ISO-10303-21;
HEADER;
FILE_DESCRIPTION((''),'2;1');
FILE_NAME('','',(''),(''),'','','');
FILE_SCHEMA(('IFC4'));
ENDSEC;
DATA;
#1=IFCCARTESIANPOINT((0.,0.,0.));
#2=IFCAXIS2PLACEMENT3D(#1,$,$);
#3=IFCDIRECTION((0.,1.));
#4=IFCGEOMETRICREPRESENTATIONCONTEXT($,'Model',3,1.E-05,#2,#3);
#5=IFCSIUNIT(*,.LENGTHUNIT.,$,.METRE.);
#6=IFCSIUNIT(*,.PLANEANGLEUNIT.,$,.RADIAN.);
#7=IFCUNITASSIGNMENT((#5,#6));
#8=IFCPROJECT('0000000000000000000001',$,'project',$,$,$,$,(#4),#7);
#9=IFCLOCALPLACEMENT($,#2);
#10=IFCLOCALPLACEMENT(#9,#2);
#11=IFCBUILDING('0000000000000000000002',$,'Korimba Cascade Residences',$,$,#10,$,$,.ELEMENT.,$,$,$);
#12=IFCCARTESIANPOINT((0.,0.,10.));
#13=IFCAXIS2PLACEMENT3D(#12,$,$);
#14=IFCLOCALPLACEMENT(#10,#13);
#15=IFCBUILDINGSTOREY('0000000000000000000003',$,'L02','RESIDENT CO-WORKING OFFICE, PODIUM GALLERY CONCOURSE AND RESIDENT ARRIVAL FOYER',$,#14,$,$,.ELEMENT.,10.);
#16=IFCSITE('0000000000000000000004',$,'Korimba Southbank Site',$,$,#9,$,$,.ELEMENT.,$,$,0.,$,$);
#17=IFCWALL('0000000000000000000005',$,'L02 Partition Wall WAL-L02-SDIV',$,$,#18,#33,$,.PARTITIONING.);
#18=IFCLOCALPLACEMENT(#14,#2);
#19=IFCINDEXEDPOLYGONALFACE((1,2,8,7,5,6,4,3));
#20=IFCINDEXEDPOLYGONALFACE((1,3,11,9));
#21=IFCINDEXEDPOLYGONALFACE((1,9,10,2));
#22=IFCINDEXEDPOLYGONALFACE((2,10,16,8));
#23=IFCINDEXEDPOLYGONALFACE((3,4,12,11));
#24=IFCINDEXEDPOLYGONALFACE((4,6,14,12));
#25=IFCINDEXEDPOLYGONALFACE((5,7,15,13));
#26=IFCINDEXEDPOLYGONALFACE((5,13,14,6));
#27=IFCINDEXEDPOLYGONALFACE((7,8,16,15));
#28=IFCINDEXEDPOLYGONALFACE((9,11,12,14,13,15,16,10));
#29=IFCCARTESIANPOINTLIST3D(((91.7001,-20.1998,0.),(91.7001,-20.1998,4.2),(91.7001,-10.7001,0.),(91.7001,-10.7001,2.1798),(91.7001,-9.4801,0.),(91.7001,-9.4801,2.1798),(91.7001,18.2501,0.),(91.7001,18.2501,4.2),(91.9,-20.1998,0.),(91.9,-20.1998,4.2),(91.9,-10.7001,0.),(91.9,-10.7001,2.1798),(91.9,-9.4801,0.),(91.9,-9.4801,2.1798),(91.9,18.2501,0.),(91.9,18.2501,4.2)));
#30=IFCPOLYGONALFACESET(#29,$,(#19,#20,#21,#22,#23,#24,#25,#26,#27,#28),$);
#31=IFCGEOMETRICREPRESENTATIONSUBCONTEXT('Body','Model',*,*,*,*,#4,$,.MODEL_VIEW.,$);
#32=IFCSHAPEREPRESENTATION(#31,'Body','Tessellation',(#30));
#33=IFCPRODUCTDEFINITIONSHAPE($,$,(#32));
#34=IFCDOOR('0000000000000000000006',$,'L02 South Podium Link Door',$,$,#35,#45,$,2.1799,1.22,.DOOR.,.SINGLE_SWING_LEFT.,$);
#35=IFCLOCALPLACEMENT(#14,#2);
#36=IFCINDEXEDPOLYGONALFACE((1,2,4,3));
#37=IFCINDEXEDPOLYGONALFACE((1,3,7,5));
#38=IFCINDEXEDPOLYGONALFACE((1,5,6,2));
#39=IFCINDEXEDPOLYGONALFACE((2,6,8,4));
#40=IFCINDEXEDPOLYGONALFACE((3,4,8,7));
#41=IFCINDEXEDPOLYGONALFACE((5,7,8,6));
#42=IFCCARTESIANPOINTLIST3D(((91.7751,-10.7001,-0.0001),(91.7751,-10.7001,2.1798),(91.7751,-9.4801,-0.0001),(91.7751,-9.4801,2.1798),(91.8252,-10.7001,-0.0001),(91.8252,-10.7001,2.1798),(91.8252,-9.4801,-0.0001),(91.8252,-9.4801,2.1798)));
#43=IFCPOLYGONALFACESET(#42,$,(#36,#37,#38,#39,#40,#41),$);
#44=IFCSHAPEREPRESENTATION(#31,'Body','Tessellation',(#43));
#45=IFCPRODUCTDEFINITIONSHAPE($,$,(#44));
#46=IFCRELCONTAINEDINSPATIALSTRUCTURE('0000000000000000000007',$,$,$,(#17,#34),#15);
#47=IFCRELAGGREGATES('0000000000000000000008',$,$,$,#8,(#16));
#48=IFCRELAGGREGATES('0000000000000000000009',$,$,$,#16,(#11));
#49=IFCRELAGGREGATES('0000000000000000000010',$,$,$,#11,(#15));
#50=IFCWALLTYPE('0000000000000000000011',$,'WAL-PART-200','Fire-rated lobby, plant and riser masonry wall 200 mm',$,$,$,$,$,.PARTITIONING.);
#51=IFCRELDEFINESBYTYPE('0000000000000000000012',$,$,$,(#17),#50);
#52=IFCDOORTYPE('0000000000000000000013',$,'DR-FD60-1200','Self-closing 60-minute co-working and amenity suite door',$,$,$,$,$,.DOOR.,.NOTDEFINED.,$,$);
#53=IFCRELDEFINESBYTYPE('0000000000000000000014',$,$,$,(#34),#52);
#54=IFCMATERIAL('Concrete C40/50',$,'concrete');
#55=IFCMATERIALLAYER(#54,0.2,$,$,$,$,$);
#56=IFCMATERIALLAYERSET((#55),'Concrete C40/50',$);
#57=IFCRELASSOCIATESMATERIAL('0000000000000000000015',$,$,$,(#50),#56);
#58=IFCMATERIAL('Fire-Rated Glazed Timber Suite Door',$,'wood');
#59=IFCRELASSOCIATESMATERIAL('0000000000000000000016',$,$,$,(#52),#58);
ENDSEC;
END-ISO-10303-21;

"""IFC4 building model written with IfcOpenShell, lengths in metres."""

from ifc_helpers import new_model, si_unit, direction, frame, frame_2d, origin, place, context, subcontext, project, spatial, rectangle, extrude, material, layer, layer_set, type_object, element, fill, save


model = new_model("IFC4")

# Units and contexts
model_context = context("Model", 3, precision=1e-05, world=origin(), true_north=direction((0.0, 1.0)))
body_context = subcontext(model_context, "Body", "Model", "MODEL_VIEW")
ifc_project = project(units=[si_unit("LENGTHUNIT", "METRE"), si_unit("PLANEANGLEUNIT", "RADIAN")], contexts=[model_context])

# Site, building, storey
site_placement = place(None, origin())
site = spatial("IfcSite", under=ifc_project, at=site_placement, Name="Korimba Southbank Site", CompositionType="ELEMENT", RefElevation=0.0)
building_placement = place(site_placement, origin())
building = spatial("IfcBuilding", under=site, at=building_placement, Name="Korimba Cascade Residences", CompositionType="ELEMENT")
storey_placement = place(building_placement, frame((0.0, 0.0, 10.0)))
storey = spatial("IfcBuildingStorey", under=building, at=storey_placement, Name="L02", Description="RESIDENT CO-WORKING OFFICE, PODIUM GALLERY CONCOURSE AND RESIDENT ARRIVAL FOYER", CompositionType="ELEMENT", Elevation=10.0)

# Wall, opening, door
ifc_material_1 = material(Name="Concrete C40/50", Category="concrete")
ifc_layer_1 = layer(ifc_material_1, 0.2)
ifc_layer_set_1 = layer_set([ifc_layer_1], Name="Concrete C40/50")
wall_type = type_object("IfcWallType", Name="WAL-PART-200", Description="Fire-rated lobby, plant and riser masonry wall 200 mm", PredefinedType="PARTITIONING", material=ifc_layer_set_1)
wall_placement = place(storey_placement, frame((91.8, -20.2, 0.0), z_axis=(0.0, 0.0, 1.0), x_axis=(0.0, 1.0, 0.0)))
wall = element("IfcWall", 1, at=wall_placement, inside=storey, type_object=wall_type, Name="L02 Partition Wall WAL-L02-SDIV", PredefinedType="PARTITIONING", context=body_context, shape_type="SweptSolid", body=[
    extrude(rectangle(XDim=38.45, YDim=0.2, at=frame_2d((19.2251, 0.0))), origin(), (0.0, 0.0, 1.0), 4.2),
])
opening_placement = place(wall_placement, frame((9.5, 0.0, 0.0)))
opening = element("IfcOpeningElement", 2, at=opening_placement, cuts=wall, PredefinedType="OPENING", context=body_context, shape_type="SweptSolid", body=[
    extrude(rectangle(XDim=1.22, YDim=2.1799, at=frame_2d((0.6099, 1.0898))), frame((0.0, 0.1099, 0.0), z_axis=(0.0, -1.0, 0.0), x_axis=(1.0, 0.0, 0.0)), (0.0, 0.0, 1.0), 0.22),
])
ifc_material_2 = material(Name="Fire-Rated Glazed Timber Suite Door", Category="wood")
door_type = type_object("IfcDoorType", Name="DR-FD60-1200", Description="Self-closing 60-minute co-working and amenity suite door", OperationType="NOTDEFINED", PredefinedType="DOOR", material=ifc_material_2)
door_placement = place(opening_placement, origin())
door = element("IfcDoor", 3, at=door_placement, inside=storey, type_object=door_type, Name="L02 South Podium Link Door", OperationType="SINGLE_SWING_LEFT", OverallHeight=2.1799, OverallWidth=1.22, PredefinedType="DOOR", context=body_context, shape_type="SweptSolid", body=[
    extrude(rectangle(XDim=1.22, YDim=2.1799, at=frame_2d((0.6099, 1.0898))), frame((0.0, 0.0249, 0.0), z_axis=(0.0, -1.0, 0.0), x_axis=(1.0, 0.0, 0.0)), (0.0, 0.0, 1.0), 0.05),
])
fill(opening, door)

save(model, "model.ifc")
